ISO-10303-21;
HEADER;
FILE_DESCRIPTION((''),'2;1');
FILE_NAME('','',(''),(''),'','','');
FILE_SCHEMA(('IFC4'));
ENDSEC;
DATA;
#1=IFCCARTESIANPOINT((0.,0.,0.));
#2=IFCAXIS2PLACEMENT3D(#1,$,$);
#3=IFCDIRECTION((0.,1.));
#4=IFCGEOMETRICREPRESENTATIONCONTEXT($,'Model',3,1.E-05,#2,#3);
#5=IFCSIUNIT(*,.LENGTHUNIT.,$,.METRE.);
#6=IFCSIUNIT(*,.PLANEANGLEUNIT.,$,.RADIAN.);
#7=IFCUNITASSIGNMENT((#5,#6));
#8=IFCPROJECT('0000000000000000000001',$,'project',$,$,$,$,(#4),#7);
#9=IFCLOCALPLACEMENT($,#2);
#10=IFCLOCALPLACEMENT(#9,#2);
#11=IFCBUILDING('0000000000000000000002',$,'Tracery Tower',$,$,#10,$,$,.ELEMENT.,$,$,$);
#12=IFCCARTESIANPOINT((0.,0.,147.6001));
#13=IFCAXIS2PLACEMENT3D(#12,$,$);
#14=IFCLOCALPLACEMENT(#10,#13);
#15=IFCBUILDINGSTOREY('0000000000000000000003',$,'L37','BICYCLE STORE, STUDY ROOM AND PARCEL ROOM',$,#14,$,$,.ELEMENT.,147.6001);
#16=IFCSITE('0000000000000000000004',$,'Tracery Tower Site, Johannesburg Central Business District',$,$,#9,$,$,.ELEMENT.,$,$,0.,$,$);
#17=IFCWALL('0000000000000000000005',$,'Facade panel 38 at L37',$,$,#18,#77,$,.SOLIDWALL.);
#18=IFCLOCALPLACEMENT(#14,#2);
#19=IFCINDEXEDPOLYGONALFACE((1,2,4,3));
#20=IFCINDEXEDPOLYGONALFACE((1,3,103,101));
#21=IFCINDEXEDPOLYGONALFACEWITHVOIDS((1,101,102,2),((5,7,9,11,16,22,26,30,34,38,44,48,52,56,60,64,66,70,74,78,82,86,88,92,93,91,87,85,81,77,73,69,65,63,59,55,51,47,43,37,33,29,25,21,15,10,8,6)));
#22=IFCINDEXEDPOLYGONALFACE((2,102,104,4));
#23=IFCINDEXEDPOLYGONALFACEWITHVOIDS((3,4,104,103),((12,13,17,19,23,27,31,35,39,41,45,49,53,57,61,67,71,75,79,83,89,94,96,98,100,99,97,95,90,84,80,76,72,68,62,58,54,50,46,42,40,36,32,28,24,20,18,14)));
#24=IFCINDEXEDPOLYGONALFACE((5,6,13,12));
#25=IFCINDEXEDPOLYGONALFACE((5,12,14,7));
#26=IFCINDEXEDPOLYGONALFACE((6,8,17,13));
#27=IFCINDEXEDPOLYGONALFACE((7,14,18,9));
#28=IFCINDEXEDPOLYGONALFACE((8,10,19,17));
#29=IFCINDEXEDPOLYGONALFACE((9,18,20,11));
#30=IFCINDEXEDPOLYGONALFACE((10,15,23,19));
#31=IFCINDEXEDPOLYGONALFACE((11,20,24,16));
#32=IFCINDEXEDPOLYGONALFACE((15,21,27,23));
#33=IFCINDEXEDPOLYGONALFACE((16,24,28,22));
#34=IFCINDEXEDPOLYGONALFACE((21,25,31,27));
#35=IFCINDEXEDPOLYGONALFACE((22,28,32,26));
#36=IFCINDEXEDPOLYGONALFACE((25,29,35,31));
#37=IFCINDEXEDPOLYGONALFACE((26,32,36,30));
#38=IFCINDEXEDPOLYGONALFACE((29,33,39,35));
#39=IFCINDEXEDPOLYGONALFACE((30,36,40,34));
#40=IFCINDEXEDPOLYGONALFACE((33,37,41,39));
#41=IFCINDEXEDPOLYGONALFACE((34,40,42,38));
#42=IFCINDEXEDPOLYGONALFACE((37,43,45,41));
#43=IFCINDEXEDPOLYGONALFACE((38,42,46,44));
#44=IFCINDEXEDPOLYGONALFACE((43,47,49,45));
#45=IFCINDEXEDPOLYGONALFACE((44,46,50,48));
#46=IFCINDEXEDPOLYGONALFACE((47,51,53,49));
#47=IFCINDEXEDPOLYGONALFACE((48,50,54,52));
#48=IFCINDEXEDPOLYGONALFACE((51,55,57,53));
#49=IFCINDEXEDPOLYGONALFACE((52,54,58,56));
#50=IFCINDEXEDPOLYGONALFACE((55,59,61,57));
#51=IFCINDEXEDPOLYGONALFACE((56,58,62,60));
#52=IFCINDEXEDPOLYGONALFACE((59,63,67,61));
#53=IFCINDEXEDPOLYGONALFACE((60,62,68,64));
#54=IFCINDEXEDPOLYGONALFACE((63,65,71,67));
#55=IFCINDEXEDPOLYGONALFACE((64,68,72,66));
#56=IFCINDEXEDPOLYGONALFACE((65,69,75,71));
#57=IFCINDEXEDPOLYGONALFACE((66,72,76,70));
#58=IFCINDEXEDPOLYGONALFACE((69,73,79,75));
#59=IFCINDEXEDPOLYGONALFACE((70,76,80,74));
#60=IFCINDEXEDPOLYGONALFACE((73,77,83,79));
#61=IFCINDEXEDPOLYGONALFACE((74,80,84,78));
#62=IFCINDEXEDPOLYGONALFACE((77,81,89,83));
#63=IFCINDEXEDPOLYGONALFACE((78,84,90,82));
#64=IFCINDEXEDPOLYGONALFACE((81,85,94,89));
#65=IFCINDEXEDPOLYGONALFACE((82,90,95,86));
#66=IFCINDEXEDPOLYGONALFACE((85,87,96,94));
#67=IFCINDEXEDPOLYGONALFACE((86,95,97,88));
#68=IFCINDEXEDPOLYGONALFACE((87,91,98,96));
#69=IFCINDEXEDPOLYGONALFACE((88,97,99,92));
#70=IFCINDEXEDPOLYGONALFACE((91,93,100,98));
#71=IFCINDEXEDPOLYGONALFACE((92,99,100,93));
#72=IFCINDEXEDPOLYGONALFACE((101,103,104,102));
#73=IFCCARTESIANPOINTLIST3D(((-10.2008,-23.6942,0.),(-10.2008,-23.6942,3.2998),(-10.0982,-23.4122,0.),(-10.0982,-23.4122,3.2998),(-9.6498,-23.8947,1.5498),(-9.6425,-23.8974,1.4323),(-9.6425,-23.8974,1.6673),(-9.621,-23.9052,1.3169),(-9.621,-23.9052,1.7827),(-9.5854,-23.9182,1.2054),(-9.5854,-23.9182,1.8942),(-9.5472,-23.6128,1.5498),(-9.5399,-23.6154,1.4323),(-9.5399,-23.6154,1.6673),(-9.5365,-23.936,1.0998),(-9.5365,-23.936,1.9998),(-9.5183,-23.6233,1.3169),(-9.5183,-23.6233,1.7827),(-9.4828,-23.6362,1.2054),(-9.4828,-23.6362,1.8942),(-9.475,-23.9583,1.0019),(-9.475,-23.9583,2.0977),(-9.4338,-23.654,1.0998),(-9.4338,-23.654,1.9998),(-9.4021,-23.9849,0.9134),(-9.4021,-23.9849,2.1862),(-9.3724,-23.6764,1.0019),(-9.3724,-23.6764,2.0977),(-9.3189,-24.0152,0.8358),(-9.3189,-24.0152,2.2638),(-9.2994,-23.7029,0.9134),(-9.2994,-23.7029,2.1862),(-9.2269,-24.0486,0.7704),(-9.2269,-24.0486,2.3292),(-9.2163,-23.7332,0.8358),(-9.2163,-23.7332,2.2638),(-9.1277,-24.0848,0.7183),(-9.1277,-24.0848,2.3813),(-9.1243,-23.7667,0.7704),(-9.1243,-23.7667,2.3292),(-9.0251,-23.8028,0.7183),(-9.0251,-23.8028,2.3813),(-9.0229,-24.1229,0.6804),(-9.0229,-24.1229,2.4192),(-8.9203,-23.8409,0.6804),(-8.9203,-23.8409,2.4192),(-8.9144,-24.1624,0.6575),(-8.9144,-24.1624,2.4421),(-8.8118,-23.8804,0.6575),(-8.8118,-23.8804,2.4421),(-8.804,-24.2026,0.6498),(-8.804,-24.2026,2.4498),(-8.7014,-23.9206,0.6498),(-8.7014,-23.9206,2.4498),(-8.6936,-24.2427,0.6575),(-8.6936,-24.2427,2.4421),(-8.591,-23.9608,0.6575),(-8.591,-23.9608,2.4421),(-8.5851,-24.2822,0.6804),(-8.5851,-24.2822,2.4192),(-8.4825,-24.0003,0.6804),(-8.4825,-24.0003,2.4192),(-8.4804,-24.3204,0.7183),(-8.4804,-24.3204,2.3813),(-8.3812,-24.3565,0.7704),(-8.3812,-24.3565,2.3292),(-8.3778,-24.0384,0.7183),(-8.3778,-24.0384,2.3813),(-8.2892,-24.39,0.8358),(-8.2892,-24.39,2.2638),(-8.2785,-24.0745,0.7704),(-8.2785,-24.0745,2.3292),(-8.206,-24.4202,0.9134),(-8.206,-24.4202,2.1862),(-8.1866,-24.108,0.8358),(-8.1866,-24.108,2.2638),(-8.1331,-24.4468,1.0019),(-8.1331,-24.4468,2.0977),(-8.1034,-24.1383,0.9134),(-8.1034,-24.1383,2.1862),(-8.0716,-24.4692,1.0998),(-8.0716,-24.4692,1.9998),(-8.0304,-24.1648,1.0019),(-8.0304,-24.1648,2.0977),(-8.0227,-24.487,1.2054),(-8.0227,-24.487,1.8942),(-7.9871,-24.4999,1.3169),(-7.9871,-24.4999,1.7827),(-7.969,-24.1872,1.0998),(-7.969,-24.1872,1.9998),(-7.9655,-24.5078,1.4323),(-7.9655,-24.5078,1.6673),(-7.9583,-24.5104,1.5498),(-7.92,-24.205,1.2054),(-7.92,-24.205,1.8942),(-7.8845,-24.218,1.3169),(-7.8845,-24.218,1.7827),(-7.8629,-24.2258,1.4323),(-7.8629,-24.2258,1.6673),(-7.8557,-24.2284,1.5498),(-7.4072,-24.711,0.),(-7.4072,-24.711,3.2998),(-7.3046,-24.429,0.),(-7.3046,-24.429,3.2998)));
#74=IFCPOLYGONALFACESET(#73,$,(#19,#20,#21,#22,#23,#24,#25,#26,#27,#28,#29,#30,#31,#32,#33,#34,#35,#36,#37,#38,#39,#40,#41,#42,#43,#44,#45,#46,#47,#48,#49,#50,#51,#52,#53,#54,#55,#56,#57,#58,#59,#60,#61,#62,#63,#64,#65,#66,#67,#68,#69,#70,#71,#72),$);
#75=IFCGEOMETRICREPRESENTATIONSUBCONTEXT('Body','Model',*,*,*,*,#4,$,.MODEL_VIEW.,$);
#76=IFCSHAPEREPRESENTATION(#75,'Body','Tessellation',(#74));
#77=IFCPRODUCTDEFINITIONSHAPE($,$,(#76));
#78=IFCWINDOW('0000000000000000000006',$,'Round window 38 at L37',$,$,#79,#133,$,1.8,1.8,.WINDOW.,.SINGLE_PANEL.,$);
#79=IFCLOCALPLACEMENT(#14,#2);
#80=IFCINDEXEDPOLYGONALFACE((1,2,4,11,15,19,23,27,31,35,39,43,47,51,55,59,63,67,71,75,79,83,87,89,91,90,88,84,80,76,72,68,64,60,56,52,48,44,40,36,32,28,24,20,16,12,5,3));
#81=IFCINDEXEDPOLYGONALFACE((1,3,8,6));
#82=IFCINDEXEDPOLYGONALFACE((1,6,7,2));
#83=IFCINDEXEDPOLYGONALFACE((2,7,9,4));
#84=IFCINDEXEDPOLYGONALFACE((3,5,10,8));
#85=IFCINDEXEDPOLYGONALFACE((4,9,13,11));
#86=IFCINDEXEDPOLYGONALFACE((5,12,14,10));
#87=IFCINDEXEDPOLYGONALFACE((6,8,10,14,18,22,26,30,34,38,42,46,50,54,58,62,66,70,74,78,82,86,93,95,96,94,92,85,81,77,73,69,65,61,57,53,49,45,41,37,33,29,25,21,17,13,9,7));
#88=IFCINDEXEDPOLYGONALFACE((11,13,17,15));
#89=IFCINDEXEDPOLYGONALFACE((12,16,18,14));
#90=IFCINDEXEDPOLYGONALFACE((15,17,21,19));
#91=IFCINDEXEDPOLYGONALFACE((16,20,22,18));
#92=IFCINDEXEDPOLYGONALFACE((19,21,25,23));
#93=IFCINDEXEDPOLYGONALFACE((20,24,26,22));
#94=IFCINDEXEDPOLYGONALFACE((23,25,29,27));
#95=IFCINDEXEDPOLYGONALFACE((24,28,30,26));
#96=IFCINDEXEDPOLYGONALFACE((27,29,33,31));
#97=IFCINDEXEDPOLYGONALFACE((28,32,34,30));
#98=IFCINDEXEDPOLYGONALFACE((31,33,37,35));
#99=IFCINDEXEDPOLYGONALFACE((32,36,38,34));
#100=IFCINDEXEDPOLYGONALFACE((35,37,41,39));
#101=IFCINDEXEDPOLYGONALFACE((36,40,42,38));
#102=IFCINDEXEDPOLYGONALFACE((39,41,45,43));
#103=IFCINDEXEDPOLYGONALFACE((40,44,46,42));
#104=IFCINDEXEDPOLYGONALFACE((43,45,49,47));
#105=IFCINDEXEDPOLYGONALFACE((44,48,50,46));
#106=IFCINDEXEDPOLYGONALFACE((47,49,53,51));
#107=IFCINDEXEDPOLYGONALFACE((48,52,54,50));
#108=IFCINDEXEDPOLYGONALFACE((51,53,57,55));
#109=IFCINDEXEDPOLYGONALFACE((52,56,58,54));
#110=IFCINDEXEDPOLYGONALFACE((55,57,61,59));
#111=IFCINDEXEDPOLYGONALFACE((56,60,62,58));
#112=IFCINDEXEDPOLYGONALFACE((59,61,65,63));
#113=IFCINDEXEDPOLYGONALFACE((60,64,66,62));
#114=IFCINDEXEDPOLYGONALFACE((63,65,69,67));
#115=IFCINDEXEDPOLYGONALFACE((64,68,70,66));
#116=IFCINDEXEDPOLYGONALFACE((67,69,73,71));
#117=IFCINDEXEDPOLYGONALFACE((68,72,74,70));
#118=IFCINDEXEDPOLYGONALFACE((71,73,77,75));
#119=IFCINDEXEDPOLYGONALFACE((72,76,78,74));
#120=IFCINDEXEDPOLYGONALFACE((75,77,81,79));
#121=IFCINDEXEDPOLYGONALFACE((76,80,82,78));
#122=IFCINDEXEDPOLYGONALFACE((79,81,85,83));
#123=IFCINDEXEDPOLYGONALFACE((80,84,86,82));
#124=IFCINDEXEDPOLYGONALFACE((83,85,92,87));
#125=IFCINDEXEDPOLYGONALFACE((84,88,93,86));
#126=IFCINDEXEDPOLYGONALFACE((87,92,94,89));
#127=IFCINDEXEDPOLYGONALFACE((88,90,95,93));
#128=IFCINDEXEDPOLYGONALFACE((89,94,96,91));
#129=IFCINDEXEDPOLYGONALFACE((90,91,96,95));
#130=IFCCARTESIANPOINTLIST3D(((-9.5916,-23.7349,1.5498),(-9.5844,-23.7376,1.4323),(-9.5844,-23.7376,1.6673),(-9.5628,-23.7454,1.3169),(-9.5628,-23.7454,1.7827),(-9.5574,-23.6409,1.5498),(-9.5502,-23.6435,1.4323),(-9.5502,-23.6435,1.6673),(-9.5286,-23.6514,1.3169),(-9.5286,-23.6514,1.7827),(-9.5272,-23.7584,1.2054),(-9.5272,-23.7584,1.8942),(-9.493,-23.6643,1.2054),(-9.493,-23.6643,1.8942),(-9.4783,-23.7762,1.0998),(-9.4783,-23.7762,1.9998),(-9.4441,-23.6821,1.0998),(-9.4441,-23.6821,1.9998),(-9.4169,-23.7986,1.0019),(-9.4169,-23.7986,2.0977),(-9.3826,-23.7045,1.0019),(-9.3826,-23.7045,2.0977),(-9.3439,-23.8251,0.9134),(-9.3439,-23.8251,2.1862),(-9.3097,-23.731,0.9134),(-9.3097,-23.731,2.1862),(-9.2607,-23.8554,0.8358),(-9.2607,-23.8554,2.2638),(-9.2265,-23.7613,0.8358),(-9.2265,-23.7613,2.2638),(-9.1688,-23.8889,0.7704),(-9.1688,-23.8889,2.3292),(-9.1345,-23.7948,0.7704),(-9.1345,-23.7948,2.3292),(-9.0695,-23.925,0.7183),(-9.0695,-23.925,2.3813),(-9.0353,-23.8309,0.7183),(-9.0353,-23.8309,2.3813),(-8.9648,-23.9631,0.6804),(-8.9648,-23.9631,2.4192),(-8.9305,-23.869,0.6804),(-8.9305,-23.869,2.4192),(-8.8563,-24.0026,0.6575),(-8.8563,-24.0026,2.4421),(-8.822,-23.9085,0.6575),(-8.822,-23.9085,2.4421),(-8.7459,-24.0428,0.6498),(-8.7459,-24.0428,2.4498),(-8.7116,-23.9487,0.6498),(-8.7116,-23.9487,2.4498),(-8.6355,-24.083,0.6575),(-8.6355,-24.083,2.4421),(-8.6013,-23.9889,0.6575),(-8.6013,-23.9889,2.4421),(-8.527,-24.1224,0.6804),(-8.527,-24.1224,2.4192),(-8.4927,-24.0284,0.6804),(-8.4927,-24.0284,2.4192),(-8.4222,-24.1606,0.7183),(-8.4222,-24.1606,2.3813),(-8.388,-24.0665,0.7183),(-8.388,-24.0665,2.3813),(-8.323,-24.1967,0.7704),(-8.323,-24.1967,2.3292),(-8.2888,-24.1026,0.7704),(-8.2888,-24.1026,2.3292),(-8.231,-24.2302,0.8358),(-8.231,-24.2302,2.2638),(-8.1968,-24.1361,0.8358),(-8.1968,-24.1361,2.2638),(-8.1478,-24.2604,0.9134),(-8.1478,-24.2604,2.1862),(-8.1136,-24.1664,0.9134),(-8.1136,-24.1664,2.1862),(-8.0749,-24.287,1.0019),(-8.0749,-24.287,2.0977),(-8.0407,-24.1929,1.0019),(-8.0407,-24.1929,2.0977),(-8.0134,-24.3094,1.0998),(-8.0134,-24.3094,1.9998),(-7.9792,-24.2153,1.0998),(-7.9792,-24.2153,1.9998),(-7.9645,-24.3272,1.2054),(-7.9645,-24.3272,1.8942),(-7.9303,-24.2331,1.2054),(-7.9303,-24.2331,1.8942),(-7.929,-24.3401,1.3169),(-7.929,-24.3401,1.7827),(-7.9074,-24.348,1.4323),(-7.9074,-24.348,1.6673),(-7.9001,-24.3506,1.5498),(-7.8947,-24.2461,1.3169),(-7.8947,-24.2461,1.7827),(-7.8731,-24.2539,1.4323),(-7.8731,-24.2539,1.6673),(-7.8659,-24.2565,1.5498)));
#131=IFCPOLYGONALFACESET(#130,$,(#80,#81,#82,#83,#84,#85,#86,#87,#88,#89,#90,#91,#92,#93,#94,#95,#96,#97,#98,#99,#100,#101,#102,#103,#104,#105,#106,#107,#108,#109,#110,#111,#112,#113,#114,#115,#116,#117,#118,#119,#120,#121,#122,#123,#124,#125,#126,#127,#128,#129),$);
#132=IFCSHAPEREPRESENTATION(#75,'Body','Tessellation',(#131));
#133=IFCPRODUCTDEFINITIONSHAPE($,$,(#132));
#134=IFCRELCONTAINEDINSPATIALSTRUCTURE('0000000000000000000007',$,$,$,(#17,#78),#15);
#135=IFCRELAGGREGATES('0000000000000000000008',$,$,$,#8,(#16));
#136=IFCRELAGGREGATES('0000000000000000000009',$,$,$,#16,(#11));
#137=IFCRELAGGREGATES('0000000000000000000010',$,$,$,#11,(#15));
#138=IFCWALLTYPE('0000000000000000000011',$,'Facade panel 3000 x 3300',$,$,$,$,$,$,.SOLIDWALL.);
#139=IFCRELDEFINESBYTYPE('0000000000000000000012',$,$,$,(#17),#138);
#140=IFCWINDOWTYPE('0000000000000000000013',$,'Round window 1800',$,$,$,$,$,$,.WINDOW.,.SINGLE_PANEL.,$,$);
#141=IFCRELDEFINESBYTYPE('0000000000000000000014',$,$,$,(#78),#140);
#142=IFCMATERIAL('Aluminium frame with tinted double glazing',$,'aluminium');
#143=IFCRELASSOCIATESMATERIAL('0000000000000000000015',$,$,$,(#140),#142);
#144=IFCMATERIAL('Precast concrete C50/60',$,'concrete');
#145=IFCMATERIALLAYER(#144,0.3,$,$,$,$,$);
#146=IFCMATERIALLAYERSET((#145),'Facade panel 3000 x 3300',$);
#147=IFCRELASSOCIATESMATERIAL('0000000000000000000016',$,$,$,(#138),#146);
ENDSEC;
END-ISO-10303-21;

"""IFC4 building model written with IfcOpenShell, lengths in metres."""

from ifc_helpers import new_model, si_unit, direction, frame, frame_2d, origin, origin_2d, place, context, subcontext, project, spatial, rectangle, circle, extrude, material, layer, layer_set, type_object, element, fill, save


model = new_model("IFC4")

# Units and contexts
model_context = context("Model", 3, precision=1e-05, world=origin(), true_north=direction((0.0, 1.0)))
body_context = subcontext(model_context, "Body", "Model", "MODEL_VIEW")
ifc_project = project(units=[si_unit("LENGTHUNIT", "METRE"), si_unit("PLANEANGLEUNIT", "RADIAN")], contexts=[model_context])

# Site, building, storey
site_placement = place(None, origin())
site = spatial("IfcSite", under=ifc_project, at=site_placement, Name="Tracery Tower Site, Johannesburg Central Business District", CompositionType="ELEMENT", RefElevation=0.0)
building_placement = place(site_placement, origin())
building = spatial("IfcBuilding", under=site, at=building_placement, Name="Tracery Tower", CompositionType="ELEMENT")
storey_placement = place(building_placement, frame((0.0, 0.0, 147.6001)))
storey = spatial("IfcBuildingStorey", under=building, at=storey_placement, Name="L37", Description="BICYCLE STORE, STUDY ROOM AND PARCEL ROOM", CompositionType="ELEMENT", Elevation=147.6001)

# Wall, opening, window
ifc_material_1 = material(Name="Aluminium frame with tinted double glazing", Category="aluminium")
window_type = type_object("IfcWindowType", Name="Round window 1800", PartitioningType="SINGLE_PANEL", PredefinedType="WINDOW", material=ifc_material_1)
ifc_material_2 = material(Name="Precast concrete C50/60", Category="concrete")
ifc_layer_1 = layer(ifc_material_2, 0.3)
ifc_layer_set_1 = layer_set([ifc_layer_1], Name="Facade panel 3000 x 3300")
wall_type_1 = type_object("IfcWallType", Name="Facade panel 3000 x 3300", PredefinedType="SOLIDWALL", material=ifc_layer_set_1)
wall_1_placement = place(storey_placement, frame((-10.1494, -23.5532, 0.0), z_axis=(0.0, 0.0, 1.0), x_axis=(0.93969, -0.342027, 0.0)))
wall_1 = element("IfcWall", 1, at=wall_1_placement, inside=storey, type_object=wall_type_1, Name="Facade panel 38 at L37", PredefinedType="SOLIDWALL", context=body_context, shape_type="SweptSolid", body=[
    extrude(rectangle(XDim=2.9729, YDim=0.3, at=frame_2d((1.4863, 0.0))), origin(), (0.0, 0.0, 1.0), 3.2998),
])
opening_1_placement = place(wall_1_placement, frame((1.4863, 0.0, 1.5498)))
opening_1 = element("IfcOpeningElement", 2, at=opening_1_placement, cuts=wall_1, PredefinedType="OPENING", context=body_context, shape_type="SweptSolid", body=[
    extrude(circle(Radius=0.9, at=origin_2d()), frame((0.0, 0.1599, 0.0), z_axis=(0.0, -1.0, 0.0), x_axis=(1.0, 0.0, 0.0)), (0.0, 0.0, 1.0), 0.3201),
])
window_1_placement = place(opening_1_placement, origin())
window_1 = element("IfcWindow", 3, at=window_1_placement, inside=storey, type_object=window_type, Name="Round window 38 at L37", OverallHeight=1.8, OverallWidth=1.8, PartitioningType="SINGLE_PANEL", PredefinedType="WINDOW", context=body_context, shape_type="SweptSolid", body=[
    extrude(circle(Radius=0.9, at=origin_2d()), frame((0.0, 0.1201, 0.0), z_axis=(0.0, -1.0, 0.0), x_axis=(1.0, 0.0, 0.0)), (0.0, 0.0, 1.0), 0.1001),
])
fill(opening_1, window_1)

save(model, "model.ifc")
